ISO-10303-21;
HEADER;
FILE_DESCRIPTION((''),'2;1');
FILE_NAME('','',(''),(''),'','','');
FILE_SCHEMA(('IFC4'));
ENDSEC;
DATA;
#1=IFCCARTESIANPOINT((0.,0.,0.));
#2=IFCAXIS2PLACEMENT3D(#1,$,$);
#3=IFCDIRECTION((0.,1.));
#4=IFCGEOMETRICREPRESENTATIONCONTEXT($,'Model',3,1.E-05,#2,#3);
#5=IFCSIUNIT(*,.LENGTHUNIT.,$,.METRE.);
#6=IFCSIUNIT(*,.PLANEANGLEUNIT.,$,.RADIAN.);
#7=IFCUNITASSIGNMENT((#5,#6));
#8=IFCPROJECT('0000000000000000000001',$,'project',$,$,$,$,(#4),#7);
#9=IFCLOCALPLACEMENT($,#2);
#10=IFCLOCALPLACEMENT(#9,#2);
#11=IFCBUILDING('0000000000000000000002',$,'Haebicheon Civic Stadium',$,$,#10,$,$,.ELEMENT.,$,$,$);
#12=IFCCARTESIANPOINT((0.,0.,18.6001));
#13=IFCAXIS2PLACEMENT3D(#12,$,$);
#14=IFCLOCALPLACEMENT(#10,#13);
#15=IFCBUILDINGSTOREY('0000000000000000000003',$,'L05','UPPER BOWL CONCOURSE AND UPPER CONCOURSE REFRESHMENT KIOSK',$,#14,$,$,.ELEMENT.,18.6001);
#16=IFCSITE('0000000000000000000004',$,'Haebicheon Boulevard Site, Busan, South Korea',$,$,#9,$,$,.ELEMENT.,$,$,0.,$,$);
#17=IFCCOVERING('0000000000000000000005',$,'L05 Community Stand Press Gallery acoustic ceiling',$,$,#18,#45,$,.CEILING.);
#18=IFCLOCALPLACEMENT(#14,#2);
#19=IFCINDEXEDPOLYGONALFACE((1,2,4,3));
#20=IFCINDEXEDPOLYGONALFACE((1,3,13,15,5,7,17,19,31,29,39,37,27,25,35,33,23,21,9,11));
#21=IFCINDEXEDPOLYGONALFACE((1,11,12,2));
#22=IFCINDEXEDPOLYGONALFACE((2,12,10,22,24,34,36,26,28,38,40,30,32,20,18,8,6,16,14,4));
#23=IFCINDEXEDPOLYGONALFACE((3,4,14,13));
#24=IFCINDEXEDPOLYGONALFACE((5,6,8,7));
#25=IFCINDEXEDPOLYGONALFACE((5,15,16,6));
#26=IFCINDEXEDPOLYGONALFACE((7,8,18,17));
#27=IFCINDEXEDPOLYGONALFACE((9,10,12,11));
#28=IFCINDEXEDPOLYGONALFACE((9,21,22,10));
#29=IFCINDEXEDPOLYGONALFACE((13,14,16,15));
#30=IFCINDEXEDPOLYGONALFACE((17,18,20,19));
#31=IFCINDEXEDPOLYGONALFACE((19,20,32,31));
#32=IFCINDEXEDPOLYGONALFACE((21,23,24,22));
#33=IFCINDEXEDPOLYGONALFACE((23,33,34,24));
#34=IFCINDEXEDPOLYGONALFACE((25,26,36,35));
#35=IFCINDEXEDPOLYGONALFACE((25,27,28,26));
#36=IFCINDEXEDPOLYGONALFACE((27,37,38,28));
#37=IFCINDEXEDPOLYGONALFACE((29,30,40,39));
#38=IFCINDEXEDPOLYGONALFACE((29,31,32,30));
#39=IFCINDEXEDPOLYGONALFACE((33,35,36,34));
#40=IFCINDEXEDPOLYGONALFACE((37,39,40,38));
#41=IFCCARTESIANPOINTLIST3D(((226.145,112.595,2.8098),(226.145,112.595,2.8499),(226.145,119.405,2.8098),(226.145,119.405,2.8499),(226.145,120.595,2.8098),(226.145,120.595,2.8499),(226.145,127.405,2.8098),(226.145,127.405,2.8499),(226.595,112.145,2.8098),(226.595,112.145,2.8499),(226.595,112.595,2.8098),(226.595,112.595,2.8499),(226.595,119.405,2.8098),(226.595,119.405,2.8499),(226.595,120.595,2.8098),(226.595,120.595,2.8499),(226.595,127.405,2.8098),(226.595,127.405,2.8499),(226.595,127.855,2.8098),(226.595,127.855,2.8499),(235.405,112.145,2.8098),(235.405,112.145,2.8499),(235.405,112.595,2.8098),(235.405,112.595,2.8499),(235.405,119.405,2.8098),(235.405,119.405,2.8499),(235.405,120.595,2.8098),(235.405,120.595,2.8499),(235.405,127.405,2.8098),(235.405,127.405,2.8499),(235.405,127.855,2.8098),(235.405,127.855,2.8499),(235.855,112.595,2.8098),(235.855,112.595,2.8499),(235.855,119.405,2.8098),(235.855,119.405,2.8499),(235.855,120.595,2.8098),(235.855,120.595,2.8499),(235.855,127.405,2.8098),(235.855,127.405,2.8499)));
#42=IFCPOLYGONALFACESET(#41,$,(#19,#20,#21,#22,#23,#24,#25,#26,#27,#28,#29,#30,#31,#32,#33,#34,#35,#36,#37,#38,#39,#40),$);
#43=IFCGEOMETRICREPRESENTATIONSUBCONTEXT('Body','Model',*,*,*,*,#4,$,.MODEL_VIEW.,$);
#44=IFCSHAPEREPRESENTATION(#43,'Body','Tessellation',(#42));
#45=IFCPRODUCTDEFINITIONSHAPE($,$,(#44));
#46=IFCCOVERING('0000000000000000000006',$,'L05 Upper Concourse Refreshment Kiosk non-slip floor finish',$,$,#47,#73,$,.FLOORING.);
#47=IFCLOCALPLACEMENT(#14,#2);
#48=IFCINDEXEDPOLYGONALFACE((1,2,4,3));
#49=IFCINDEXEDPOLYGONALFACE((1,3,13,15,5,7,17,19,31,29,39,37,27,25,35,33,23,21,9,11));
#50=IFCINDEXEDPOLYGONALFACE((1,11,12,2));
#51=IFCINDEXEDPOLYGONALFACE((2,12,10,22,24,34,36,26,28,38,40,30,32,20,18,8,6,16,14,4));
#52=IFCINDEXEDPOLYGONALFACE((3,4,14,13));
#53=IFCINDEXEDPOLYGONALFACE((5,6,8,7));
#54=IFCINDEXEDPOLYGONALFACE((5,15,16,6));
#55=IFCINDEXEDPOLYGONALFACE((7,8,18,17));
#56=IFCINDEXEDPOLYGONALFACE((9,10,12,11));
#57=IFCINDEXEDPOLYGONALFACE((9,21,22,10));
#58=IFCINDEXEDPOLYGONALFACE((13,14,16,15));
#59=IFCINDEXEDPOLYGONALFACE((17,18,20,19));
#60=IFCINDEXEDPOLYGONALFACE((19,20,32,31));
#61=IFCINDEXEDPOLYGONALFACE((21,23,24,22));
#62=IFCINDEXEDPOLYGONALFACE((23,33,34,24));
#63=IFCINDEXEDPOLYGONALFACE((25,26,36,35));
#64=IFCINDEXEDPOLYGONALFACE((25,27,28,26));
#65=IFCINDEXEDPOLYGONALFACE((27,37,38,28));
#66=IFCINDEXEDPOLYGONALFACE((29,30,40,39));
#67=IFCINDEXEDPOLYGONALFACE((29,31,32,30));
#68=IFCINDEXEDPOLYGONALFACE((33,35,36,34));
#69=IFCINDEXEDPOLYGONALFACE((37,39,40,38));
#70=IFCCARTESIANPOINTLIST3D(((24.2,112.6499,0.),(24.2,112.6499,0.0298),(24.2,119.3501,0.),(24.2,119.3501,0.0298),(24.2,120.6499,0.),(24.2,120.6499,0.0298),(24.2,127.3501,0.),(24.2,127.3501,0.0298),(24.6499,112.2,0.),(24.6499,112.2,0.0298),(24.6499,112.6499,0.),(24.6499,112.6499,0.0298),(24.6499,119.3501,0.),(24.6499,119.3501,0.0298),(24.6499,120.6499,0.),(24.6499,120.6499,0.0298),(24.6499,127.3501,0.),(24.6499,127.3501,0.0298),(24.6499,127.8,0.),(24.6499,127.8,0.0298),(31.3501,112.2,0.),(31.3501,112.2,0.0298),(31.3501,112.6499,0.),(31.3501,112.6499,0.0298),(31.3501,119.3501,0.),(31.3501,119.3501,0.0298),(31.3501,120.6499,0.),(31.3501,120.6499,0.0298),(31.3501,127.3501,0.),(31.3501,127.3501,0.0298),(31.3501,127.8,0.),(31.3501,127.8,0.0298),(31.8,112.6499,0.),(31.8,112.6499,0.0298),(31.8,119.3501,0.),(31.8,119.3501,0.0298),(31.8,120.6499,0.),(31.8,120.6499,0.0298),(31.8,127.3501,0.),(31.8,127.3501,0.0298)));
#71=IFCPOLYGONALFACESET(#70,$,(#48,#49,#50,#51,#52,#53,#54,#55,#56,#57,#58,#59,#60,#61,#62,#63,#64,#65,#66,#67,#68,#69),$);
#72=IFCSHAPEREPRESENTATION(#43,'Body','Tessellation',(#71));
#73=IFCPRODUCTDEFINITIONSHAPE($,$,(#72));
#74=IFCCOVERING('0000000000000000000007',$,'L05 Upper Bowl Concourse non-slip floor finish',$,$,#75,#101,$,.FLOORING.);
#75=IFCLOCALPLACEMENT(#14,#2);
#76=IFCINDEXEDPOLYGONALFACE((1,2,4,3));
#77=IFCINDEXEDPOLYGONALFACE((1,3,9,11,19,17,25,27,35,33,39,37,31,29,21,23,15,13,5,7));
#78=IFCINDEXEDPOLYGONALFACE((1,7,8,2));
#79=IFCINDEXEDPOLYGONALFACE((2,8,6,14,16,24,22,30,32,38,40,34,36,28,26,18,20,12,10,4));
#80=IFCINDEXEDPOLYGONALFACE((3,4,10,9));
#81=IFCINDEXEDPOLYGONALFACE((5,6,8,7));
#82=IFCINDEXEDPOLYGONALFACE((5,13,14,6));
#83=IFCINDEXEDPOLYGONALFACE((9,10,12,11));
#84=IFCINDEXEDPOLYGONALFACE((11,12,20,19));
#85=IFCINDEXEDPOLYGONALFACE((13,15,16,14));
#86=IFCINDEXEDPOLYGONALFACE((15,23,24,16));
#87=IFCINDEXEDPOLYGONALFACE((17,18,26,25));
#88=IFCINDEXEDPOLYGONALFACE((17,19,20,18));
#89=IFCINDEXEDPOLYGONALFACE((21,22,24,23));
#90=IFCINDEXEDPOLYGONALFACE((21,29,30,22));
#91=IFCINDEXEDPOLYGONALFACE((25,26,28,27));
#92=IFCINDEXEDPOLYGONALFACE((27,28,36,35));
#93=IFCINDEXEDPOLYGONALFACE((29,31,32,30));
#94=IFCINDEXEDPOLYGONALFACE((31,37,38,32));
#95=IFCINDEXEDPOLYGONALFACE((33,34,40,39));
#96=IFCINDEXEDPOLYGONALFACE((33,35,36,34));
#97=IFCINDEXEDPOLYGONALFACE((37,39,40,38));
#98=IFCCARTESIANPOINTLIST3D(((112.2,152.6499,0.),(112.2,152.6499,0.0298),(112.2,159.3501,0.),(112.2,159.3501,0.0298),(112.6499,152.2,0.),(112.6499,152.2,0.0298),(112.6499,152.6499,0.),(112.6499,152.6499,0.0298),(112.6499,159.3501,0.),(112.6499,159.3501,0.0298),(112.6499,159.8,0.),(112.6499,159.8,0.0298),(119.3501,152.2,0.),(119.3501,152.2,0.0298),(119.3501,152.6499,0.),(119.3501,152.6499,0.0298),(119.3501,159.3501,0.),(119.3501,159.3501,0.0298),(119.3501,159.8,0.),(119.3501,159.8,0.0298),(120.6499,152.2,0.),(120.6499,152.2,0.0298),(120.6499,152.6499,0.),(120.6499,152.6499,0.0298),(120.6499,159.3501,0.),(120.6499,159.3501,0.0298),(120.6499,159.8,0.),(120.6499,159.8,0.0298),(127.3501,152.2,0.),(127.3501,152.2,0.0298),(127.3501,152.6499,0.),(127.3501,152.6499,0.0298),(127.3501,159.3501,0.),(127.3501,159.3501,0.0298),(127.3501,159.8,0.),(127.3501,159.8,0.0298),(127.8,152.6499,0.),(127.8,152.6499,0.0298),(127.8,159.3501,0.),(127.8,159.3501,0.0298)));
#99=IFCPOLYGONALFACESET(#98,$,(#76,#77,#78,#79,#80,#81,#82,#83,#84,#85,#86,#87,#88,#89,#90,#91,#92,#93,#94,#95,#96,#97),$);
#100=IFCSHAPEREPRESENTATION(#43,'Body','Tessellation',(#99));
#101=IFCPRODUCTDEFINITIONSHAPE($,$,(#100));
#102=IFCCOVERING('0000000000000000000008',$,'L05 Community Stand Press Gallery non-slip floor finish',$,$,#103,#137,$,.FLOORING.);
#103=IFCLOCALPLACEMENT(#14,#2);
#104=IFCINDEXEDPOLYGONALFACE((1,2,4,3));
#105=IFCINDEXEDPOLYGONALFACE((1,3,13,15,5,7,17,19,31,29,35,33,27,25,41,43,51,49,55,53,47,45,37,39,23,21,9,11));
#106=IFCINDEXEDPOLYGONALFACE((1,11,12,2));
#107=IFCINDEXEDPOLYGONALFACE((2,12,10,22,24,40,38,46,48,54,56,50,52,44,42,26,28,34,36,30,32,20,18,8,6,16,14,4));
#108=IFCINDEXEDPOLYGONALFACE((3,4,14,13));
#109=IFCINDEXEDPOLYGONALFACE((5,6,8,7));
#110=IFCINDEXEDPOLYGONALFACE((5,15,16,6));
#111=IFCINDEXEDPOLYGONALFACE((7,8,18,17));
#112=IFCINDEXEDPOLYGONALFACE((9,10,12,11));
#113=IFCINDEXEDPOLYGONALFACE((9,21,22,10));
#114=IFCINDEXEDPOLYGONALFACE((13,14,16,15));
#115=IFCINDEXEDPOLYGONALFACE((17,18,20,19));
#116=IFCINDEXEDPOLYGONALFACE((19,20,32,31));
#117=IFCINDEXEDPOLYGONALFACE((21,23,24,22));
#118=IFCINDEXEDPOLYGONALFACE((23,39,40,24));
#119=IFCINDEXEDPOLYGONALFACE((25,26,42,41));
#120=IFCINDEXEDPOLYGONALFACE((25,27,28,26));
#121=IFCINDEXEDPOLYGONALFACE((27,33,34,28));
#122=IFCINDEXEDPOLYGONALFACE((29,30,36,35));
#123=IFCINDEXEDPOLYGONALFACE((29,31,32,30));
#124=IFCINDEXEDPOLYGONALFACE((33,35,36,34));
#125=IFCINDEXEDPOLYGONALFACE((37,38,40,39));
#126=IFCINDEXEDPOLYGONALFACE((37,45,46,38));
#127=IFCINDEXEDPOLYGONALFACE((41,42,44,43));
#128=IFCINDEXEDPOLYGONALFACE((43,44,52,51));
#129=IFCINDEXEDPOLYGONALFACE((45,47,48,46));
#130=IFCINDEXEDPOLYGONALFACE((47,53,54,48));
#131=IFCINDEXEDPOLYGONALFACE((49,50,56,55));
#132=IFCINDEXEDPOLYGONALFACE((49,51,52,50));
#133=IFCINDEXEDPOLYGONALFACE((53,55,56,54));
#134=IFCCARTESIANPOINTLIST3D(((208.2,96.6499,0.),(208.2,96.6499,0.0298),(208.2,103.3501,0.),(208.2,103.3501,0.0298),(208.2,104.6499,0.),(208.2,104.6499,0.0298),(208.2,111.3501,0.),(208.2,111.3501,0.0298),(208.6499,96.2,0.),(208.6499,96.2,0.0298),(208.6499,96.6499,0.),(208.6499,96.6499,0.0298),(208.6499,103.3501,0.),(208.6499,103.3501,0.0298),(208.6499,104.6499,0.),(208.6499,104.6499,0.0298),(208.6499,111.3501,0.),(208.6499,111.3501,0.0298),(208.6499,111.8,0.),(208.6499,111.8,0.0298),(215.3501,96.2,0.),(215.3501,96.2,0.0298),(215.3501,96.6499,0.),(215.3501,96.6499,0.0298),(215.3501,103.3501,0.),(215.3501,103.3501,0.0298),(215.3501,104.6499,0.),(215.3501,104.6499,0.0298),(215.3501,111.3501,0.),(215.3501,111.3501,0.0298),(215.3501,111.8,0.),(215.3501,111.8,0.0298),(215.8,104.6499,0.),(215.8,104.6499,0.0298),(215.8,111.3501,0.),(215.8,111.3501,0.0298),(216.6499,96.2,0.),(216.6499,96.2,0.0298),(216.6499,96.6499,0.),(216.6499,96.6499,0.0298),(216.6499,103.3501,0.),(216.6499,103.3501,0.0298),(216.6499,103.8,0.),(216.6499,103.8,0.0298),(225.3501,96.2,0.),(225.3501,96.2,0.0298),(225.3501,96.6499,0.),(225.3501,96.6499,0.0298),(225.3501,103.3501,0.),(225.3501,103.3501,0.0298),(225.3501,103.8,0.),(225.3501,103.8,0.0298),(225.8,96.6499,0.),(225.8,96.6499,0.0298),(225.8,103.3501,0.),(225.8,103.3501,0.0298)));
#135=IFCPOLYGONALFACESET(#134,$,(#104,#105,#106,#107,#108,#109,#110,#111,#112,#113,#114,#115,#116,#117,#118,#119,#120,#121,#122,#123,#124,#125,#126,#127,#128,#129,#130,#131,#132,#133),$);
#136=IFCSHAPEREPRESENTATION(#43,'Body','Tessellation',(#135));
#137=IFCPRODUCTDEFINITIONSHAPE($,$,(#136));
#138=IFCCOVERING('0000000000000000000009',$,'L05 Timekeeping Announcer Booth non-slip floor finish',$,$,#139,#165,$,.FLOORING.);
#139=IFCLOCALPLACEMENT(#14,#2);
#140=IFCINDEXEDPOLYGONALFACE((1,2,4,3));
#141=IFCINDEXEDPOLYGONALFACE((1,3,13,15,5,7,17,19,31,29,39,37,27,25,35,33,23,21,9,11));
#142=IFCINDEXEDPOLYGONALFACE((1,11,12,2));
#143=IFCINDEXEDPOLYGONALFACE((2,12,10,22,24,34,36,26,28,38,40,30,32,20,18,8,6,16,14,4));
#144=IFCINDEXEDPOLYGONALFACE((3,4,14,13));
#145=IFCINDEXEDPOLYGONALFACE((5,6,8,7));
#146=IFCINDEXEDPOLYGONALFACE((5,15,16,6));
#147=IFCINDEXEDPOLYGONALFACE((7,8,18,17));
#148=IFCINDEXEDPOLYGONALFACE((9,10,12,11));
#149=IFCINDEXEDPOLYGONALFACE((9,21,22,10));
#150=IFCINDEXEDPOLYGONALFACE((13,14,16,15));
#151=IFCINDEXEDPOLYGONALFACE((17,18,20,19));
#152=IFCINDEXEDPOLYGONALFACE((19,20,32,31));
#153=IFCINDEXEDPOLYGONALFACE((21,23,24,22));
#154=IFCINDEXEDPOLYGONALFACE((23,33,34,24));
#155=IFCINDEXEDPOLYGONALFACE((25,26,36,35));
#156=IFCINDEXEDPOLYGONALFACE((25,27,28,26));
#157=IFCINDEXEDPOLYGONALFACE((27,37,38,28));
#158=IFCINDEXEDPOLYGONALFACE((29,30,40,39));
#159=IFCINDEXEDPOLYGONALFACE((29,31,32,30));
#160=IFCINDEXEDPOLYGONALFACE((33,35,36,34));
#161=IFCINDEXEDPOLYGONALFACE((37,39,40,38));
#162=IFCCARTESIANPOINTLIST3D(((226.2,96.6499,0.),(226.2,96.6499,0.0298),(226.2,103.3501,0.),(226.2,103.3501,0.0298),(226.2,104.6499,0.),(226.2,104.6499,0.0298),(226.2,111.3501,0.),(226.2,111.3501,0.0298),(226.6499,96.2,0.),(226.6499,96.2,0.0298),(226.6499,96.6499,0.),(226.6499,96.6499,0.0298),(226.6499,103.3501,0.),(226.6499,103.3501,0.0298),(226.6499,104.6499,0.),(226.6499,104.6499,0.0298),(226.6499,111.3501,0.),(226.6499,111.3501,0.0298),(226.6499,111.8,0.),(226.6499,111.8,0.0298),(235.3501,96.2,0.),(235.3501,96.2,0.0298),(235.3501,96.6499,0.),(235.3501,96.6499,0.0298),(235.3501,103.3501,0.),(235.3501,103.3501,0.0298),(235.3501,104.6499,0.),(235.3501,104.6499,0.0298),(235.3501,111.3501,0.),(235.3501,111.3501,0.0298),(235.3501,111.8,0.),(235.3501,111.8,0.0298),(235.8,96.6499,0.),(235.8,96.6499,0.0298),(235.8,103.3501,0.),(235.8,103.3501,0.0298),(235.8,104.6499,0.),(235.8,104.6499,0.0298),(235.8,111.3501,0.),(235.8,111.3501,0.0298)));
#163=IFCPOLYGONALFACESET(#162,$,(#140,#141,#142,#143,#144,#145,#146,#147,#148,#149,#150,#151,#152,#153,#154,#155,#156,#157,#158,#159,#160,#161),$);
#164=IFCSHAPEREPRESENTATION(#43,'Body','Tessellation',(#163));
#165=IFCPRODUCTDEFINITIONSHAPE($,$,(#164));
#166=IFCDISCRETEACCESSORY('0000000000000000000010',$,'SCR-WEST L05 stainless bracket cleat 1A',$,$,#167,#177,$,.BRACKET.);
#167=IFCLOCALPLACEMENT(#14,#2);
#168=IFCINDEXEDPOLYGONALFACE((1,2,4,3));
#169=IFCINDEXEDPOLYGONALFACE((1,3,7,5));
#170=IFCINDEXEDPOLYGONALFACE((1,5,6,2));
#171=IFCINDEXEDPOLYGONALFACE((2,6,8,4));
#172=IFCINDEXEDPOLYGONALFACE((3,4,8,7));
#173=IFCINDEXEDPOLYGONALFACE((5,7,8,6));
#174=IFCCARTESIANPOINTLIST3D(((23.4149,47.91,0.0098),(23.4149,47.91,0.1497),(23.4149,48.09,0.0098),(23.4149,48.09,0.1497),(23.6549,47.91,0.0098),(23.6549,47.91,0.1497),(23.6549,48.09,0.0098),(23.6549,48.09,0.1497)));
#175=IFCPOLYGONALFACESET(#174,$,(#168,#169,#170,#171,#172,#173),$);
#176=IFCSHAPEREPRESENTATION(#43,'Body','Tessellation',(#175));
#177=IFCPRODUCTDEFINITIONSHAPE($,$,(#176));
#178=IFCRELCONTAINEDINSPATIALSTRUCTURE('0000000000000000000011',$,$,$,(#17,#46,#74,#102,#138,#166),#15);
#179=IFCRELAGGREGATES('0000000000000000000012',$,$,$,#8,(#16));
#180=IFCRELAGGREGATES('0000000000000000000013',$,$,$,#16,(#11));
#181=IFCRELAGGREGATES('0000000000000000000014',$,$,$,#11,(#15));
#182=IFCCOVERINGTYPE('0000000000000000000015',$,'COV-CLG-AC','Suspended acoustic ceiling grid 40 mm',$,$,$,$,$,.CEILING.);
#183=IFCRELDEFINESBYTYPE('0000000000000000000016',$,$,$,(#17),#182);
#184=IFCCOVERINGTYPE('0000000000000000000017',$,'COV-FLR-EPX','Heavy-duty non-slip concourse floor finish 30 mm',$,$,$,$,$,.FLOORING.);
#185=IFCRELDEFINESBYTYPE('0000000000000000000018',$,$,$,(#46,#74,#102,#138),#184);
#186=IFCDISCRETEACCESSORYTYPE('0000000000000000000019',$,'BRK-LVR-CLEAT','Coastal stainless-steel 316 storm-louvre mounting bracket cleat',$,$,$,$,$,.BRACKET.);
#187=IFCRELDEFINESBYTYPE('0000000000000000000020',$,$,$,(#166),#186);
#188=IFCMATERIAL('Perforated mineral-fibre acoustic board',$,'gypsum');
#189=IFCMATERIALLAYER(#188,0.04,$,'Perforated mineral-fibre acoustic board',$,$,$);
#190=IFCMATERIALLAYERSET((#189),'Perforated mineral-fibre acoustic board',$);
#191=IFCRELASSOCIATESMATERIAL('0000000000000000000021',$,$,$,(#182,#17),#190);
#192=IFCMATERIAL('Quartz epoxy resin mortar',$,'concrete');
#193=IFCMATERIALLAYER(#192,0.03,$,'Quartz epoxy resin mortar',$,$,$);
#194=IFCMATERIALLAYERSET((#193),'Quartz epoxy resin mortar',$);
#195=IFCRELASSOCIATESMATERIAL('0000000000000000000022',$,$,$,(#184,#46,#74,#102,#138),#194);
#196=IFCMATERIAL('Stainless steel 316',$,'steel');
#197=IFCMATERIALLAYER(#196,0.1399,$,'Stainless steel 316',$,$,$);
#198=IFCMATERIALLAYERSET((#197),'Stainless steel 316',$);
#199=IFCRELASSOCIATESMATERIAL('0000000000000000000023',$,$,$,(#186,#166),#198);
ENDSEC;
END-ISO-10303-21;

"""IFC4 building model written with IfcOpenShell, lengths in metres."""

from ifc_helpers import new_model, si_unit, direction, frame, origin, origin_2d, place, context, subcontext, project, spatial, polyline, rectangle, outline, extrude, material, layer, layer_set, type_object, element, save


model = new_model("IFC4")

# Units and contexts
model_context = context("Model", 3, precision=1e-05, world=origin(), true_north=direction((0.0, 1.0)))
body_context = subcontext(model_context, "Body", "Model", "MODEL_VIEW")
ifc_project = project(units=[si_unit("LENGTHUNIT", "METRE"), si_unit("PLANEANGLEUNIT", "RADIAN")], contexts=[model_context])

# Site, building, storey
site_placement = place(None, origin())
site = spatial("IfcSite", under=ifc_project, at=site_placement, Name="Haebicheon Boulevard Site, Busan, South Korea", CompositionType="ELEMENT", RefElevation=0.0)
building_placement = place(site_placement, origin())
building = spatial("IfcBuilding", under=site, at=building_placement, Name="Haebicheon Civic Stadium", CompositionType="ELEMENT")
storey_placement = place(building_placement, frame((0.0, 0.0, 18.6001)))
storey = spatial("IfcBuildingStorey", under=building, at=storey_placement, Name="L05", Description="UPPER BOWL CONCOURSE AND UPPER CONCOURSE REFRESHMENT KIOSK", CompositionType="ELEMENT", Elevation=18.6001)

# Coverings
ifc_material_1 = material(Name="Perforated mineral-fibre acoustic board", Category="gypsum")
ifc_layer_1 = layer(ifc_material_1, 0.04, Name="Perforated mineral-fibre acoustic board")
ifc_layer_set_1 = layer_set([ifc_layer_1], Name="Perforated mineral-fibre acoustic board")
covering_type_1 = type_object("IfcCoveringType", Name="COV-CLG-AC", Description="Suspended acoustic ceiling grid 40 mm", PredefinedType="CEILING", material=ifc_layer_set_1)
covering_1_placement = place(storey_placement, frame((0.0, 0.0, 2.8098)))
element("IfcCovering", 1, at=covering_1_placement, inside=storey, type_object=covering_type_1, material=ifc_layer_set_1, Name="L05 Community Stand Press Gallery acoustic ceiling", PredefinedType="CEILING", context=body_context, shape_type="SweptSolid", body=[
    extrude(outline(polyline([(226.595, 112.145), (226.595, 112.595), (226.145, 112.595), (226.145, 119.405), (226.595, 119.405), (226.595, 120.595), (226.145, 120.595), (226.145, 127.405), (226.595, 127.405), (226.595, 127.855), (235.405, 127.855), (235.405, 127.405), (235.855, 127.405), (235.855, 120.595), (235.405, 120.595), (235.405, 119.405), (235.855, 119.405), (235.855, 112.595), (235.405, 112.595), (235.405, 112.145), (226.595, 112.145)])), origin(), (0.0, 0.0, 1.0), 0.04),
])
ifc_material_2 = material(Name="Quartz epoxy resin mortar", Category="concrete")
ifc_layer_2 = layer(ifc_material_2, 0.03, Name="Quartz epoxy resin mortar")
ifc_layer_set_2 = layer_set([ifc_layer_2], Name="Quartz epoxy resin mortar")
covering_type_2 = type_object("IfcCoveringType", Name="COV-FLR-EPX", Description="Heavy-duty non-slip concourse floor finish 30 mm", PredefinedType="FLOORING", material=ifc_layer_set_2)
covering_2_placement = place(storey_placement, origin())
element("IfcCovering", 2, at=covering_2_placement, inside=storey, type_object=covering_type_2, material=ifc_layer_set_2, Name="L05 Upper Concourse Refreshment Kiosk non-slip floor finish", PredefinedType="FLOORING", context=body_context, shape_type="SweptSolid", body=[
    extrude(outline(polyline([(24.6499, 112.2), (24.6499, 112.6499), (24.2, 112.6499), (24.2, 119.3501), (24.6499, 119.3501), (24.6499, 120.6499), (24.2, 120.6499), (24.2, 127.3501), (24.6499, 127.3501), (24.6499, 127.8), (31.3501, 127.8), (31.3501, 127.3501), (31.8, 127.3501), (31.8, 120.6499), (31.3501, 120.6499), (31.3501, 119.3501), (31.8, 119.3501), (31.8, 112.6499), (31.3501, 112.6499), (31.3501, 112.2), (24.6499, 112.2)])), origin(), (0.0, 0.0, 1.0), 0.0298),
])
covering_3_placement = place(storey_placement, origin())
element("IfcCovering", 3, at=covering_3_placement, inside=storey, type_object=covering_type_2, material=ifc_layer_set_2, Name="L05 Upper Bowl Concourse non-slip floor finish", PredefinedType="FLOORING", context=body_context, shape_type="SweptSolid", body=[
    extrude(outline(polyline([(112.2, 159.3501), (112.6499, 159.3501), (112.6499, 159.8), (119.3501, 159.8), (119.3501, 159.3501), (120.6499, 159.3501), (120.6499, 159.8), (127.3501, 159.8), (127.3501, 159.3501), (127.8, 159.3501), (127.8, 152.6499), (127.3501, 152.6499), (127.3501, 152.2), (120.6499, 152.2), (120.6499, 152.6499), (119.3501, 152.6499), (119.3501, 152.2), (112.6499, 152.2), (112.6499, 152.6499), (112.2, 152.6499), (112.2, 159.3501)])), origin(), (0.0, 0.0, 1.0), 0.0298),
])
covering_4_placement = place(storey_placement, origin())
element("IfcCovering", 4, at=covering_4_placement, inside=storey, type_object=covering_type_2, material=ifc_layer_set_2, Name="L05 Community Stand Press Gallery non-slip floor finish", PredefinedType="FLOORING", context=body_context, shape_type="SweptSolid", body=[
    extrude(outline(polyline([(208.2, 103.3501), (208.6499, 103.3501), (208.6499, 104.6499), (208.2, 104.6499), (208.2, 111.3501), (208.6499, 111.3501), (208.6499, 111.8), (215.3501, 111.8), (215.3501, 111.3501), (215.8, 111.3501), (215.8, 104.6499), (215.3501, 104.6499), (215.3501, 103.3501), (216.6499, 103.3501), (216.6499, 103.8), (225.3501, 103.8), (225.3501, 103.3501), (225.8, 103.3501), (225.8, 96.6499), (225.3501, 96.6499), (225.3501, 96.2), (216.6499, 96.2), (216.6499, 96.6499), (215.3501, 96.6499), (215.3501, 96.2), (208.6499, 96.2), (208.6499, 96.6499), (208.2, 96.6499), (208.2, 103.3501)])), origin(), (0.0, 0.0, 1.0), 0.0298),
])
covering_5_placement = place(storey_placement, origin())
element("IfcCovering", 5, at=covering_5_placement, inside=storey, type_object=covering_type_2, material=ifc_layer_set_2, Name="L05 Timekeeping Announcer Booth non-slip floor finish", PredefinedType="FLOORING", context=body_context, shape_type="SweptSolid", body=[
    extrude(outline(polyline([(226.6499, 96.2), (226.6499, 96.6499), (226.2, 96.6499), (226.2, 103.3501), (226.6499, 103.3501), (226.6499, 104.6499), (226.2, 104.6499), (226.2, 111.3501), (226.6499, 111.3501), (226.6499, 111.8), (235.3501, 111.8), (235.3501, 111.3501), (235.8, 111.3501), (235.8, 104.6499), (235.3501, 104.6499), (235.3501, 103.3501), (235.8, 103.3501), (235.8, 96.6499), (235.3501, 96.6499), (235.3501, 96.2), (226.6499, 96.2)])), origin(), (0.0, 0.0, 1.0), 0.0298),
])

# Discrete accessory
ifc_material_3 = material(Name="Stainless steel 316", Category="steel")
ifc_layer_3 = layer(ifc_material_3, 0.1399, Name="Stainless steel 316")
ifc_layer_set_3 = layer_set([ifc_layer_3], Name="Stainless steel 316")
discrete_accessory_type = type_object("IfcDiscreteAccessoryType", Name="BRK-LVR-CLEAT", Description="Coastal stainless-steel 316 storm-louvre mounting bracket cleat", PredefinedType="BRACKET", material=ifc_layer_set_3)
discrete_accessory_placement = place(storey_placement, frame((23.5349, 48.0, 0.0098), z_axis=(0.0, 0.0, 1.0), x_axis=(1.0, 0.0, 0.0)))
element("IfcDiscreteAccessory", 6, at=discrete_accessory_placement, inside=storey, type_object=discrete_accessory_type, material=ifc_layer_set_3, Name="SCR-WEST L05 stainless bracket cleat 1A", PredefinedType="BRACKET", context=body_context, shape_type="SweptSolid", body=[
    extrude(rectangle(XDim=0.24, YDim=0.1799, at=origin_2d()), origin(), (0.0, 0.0, 1.0), 0.1399),
])

save(model, "model.ifc")
